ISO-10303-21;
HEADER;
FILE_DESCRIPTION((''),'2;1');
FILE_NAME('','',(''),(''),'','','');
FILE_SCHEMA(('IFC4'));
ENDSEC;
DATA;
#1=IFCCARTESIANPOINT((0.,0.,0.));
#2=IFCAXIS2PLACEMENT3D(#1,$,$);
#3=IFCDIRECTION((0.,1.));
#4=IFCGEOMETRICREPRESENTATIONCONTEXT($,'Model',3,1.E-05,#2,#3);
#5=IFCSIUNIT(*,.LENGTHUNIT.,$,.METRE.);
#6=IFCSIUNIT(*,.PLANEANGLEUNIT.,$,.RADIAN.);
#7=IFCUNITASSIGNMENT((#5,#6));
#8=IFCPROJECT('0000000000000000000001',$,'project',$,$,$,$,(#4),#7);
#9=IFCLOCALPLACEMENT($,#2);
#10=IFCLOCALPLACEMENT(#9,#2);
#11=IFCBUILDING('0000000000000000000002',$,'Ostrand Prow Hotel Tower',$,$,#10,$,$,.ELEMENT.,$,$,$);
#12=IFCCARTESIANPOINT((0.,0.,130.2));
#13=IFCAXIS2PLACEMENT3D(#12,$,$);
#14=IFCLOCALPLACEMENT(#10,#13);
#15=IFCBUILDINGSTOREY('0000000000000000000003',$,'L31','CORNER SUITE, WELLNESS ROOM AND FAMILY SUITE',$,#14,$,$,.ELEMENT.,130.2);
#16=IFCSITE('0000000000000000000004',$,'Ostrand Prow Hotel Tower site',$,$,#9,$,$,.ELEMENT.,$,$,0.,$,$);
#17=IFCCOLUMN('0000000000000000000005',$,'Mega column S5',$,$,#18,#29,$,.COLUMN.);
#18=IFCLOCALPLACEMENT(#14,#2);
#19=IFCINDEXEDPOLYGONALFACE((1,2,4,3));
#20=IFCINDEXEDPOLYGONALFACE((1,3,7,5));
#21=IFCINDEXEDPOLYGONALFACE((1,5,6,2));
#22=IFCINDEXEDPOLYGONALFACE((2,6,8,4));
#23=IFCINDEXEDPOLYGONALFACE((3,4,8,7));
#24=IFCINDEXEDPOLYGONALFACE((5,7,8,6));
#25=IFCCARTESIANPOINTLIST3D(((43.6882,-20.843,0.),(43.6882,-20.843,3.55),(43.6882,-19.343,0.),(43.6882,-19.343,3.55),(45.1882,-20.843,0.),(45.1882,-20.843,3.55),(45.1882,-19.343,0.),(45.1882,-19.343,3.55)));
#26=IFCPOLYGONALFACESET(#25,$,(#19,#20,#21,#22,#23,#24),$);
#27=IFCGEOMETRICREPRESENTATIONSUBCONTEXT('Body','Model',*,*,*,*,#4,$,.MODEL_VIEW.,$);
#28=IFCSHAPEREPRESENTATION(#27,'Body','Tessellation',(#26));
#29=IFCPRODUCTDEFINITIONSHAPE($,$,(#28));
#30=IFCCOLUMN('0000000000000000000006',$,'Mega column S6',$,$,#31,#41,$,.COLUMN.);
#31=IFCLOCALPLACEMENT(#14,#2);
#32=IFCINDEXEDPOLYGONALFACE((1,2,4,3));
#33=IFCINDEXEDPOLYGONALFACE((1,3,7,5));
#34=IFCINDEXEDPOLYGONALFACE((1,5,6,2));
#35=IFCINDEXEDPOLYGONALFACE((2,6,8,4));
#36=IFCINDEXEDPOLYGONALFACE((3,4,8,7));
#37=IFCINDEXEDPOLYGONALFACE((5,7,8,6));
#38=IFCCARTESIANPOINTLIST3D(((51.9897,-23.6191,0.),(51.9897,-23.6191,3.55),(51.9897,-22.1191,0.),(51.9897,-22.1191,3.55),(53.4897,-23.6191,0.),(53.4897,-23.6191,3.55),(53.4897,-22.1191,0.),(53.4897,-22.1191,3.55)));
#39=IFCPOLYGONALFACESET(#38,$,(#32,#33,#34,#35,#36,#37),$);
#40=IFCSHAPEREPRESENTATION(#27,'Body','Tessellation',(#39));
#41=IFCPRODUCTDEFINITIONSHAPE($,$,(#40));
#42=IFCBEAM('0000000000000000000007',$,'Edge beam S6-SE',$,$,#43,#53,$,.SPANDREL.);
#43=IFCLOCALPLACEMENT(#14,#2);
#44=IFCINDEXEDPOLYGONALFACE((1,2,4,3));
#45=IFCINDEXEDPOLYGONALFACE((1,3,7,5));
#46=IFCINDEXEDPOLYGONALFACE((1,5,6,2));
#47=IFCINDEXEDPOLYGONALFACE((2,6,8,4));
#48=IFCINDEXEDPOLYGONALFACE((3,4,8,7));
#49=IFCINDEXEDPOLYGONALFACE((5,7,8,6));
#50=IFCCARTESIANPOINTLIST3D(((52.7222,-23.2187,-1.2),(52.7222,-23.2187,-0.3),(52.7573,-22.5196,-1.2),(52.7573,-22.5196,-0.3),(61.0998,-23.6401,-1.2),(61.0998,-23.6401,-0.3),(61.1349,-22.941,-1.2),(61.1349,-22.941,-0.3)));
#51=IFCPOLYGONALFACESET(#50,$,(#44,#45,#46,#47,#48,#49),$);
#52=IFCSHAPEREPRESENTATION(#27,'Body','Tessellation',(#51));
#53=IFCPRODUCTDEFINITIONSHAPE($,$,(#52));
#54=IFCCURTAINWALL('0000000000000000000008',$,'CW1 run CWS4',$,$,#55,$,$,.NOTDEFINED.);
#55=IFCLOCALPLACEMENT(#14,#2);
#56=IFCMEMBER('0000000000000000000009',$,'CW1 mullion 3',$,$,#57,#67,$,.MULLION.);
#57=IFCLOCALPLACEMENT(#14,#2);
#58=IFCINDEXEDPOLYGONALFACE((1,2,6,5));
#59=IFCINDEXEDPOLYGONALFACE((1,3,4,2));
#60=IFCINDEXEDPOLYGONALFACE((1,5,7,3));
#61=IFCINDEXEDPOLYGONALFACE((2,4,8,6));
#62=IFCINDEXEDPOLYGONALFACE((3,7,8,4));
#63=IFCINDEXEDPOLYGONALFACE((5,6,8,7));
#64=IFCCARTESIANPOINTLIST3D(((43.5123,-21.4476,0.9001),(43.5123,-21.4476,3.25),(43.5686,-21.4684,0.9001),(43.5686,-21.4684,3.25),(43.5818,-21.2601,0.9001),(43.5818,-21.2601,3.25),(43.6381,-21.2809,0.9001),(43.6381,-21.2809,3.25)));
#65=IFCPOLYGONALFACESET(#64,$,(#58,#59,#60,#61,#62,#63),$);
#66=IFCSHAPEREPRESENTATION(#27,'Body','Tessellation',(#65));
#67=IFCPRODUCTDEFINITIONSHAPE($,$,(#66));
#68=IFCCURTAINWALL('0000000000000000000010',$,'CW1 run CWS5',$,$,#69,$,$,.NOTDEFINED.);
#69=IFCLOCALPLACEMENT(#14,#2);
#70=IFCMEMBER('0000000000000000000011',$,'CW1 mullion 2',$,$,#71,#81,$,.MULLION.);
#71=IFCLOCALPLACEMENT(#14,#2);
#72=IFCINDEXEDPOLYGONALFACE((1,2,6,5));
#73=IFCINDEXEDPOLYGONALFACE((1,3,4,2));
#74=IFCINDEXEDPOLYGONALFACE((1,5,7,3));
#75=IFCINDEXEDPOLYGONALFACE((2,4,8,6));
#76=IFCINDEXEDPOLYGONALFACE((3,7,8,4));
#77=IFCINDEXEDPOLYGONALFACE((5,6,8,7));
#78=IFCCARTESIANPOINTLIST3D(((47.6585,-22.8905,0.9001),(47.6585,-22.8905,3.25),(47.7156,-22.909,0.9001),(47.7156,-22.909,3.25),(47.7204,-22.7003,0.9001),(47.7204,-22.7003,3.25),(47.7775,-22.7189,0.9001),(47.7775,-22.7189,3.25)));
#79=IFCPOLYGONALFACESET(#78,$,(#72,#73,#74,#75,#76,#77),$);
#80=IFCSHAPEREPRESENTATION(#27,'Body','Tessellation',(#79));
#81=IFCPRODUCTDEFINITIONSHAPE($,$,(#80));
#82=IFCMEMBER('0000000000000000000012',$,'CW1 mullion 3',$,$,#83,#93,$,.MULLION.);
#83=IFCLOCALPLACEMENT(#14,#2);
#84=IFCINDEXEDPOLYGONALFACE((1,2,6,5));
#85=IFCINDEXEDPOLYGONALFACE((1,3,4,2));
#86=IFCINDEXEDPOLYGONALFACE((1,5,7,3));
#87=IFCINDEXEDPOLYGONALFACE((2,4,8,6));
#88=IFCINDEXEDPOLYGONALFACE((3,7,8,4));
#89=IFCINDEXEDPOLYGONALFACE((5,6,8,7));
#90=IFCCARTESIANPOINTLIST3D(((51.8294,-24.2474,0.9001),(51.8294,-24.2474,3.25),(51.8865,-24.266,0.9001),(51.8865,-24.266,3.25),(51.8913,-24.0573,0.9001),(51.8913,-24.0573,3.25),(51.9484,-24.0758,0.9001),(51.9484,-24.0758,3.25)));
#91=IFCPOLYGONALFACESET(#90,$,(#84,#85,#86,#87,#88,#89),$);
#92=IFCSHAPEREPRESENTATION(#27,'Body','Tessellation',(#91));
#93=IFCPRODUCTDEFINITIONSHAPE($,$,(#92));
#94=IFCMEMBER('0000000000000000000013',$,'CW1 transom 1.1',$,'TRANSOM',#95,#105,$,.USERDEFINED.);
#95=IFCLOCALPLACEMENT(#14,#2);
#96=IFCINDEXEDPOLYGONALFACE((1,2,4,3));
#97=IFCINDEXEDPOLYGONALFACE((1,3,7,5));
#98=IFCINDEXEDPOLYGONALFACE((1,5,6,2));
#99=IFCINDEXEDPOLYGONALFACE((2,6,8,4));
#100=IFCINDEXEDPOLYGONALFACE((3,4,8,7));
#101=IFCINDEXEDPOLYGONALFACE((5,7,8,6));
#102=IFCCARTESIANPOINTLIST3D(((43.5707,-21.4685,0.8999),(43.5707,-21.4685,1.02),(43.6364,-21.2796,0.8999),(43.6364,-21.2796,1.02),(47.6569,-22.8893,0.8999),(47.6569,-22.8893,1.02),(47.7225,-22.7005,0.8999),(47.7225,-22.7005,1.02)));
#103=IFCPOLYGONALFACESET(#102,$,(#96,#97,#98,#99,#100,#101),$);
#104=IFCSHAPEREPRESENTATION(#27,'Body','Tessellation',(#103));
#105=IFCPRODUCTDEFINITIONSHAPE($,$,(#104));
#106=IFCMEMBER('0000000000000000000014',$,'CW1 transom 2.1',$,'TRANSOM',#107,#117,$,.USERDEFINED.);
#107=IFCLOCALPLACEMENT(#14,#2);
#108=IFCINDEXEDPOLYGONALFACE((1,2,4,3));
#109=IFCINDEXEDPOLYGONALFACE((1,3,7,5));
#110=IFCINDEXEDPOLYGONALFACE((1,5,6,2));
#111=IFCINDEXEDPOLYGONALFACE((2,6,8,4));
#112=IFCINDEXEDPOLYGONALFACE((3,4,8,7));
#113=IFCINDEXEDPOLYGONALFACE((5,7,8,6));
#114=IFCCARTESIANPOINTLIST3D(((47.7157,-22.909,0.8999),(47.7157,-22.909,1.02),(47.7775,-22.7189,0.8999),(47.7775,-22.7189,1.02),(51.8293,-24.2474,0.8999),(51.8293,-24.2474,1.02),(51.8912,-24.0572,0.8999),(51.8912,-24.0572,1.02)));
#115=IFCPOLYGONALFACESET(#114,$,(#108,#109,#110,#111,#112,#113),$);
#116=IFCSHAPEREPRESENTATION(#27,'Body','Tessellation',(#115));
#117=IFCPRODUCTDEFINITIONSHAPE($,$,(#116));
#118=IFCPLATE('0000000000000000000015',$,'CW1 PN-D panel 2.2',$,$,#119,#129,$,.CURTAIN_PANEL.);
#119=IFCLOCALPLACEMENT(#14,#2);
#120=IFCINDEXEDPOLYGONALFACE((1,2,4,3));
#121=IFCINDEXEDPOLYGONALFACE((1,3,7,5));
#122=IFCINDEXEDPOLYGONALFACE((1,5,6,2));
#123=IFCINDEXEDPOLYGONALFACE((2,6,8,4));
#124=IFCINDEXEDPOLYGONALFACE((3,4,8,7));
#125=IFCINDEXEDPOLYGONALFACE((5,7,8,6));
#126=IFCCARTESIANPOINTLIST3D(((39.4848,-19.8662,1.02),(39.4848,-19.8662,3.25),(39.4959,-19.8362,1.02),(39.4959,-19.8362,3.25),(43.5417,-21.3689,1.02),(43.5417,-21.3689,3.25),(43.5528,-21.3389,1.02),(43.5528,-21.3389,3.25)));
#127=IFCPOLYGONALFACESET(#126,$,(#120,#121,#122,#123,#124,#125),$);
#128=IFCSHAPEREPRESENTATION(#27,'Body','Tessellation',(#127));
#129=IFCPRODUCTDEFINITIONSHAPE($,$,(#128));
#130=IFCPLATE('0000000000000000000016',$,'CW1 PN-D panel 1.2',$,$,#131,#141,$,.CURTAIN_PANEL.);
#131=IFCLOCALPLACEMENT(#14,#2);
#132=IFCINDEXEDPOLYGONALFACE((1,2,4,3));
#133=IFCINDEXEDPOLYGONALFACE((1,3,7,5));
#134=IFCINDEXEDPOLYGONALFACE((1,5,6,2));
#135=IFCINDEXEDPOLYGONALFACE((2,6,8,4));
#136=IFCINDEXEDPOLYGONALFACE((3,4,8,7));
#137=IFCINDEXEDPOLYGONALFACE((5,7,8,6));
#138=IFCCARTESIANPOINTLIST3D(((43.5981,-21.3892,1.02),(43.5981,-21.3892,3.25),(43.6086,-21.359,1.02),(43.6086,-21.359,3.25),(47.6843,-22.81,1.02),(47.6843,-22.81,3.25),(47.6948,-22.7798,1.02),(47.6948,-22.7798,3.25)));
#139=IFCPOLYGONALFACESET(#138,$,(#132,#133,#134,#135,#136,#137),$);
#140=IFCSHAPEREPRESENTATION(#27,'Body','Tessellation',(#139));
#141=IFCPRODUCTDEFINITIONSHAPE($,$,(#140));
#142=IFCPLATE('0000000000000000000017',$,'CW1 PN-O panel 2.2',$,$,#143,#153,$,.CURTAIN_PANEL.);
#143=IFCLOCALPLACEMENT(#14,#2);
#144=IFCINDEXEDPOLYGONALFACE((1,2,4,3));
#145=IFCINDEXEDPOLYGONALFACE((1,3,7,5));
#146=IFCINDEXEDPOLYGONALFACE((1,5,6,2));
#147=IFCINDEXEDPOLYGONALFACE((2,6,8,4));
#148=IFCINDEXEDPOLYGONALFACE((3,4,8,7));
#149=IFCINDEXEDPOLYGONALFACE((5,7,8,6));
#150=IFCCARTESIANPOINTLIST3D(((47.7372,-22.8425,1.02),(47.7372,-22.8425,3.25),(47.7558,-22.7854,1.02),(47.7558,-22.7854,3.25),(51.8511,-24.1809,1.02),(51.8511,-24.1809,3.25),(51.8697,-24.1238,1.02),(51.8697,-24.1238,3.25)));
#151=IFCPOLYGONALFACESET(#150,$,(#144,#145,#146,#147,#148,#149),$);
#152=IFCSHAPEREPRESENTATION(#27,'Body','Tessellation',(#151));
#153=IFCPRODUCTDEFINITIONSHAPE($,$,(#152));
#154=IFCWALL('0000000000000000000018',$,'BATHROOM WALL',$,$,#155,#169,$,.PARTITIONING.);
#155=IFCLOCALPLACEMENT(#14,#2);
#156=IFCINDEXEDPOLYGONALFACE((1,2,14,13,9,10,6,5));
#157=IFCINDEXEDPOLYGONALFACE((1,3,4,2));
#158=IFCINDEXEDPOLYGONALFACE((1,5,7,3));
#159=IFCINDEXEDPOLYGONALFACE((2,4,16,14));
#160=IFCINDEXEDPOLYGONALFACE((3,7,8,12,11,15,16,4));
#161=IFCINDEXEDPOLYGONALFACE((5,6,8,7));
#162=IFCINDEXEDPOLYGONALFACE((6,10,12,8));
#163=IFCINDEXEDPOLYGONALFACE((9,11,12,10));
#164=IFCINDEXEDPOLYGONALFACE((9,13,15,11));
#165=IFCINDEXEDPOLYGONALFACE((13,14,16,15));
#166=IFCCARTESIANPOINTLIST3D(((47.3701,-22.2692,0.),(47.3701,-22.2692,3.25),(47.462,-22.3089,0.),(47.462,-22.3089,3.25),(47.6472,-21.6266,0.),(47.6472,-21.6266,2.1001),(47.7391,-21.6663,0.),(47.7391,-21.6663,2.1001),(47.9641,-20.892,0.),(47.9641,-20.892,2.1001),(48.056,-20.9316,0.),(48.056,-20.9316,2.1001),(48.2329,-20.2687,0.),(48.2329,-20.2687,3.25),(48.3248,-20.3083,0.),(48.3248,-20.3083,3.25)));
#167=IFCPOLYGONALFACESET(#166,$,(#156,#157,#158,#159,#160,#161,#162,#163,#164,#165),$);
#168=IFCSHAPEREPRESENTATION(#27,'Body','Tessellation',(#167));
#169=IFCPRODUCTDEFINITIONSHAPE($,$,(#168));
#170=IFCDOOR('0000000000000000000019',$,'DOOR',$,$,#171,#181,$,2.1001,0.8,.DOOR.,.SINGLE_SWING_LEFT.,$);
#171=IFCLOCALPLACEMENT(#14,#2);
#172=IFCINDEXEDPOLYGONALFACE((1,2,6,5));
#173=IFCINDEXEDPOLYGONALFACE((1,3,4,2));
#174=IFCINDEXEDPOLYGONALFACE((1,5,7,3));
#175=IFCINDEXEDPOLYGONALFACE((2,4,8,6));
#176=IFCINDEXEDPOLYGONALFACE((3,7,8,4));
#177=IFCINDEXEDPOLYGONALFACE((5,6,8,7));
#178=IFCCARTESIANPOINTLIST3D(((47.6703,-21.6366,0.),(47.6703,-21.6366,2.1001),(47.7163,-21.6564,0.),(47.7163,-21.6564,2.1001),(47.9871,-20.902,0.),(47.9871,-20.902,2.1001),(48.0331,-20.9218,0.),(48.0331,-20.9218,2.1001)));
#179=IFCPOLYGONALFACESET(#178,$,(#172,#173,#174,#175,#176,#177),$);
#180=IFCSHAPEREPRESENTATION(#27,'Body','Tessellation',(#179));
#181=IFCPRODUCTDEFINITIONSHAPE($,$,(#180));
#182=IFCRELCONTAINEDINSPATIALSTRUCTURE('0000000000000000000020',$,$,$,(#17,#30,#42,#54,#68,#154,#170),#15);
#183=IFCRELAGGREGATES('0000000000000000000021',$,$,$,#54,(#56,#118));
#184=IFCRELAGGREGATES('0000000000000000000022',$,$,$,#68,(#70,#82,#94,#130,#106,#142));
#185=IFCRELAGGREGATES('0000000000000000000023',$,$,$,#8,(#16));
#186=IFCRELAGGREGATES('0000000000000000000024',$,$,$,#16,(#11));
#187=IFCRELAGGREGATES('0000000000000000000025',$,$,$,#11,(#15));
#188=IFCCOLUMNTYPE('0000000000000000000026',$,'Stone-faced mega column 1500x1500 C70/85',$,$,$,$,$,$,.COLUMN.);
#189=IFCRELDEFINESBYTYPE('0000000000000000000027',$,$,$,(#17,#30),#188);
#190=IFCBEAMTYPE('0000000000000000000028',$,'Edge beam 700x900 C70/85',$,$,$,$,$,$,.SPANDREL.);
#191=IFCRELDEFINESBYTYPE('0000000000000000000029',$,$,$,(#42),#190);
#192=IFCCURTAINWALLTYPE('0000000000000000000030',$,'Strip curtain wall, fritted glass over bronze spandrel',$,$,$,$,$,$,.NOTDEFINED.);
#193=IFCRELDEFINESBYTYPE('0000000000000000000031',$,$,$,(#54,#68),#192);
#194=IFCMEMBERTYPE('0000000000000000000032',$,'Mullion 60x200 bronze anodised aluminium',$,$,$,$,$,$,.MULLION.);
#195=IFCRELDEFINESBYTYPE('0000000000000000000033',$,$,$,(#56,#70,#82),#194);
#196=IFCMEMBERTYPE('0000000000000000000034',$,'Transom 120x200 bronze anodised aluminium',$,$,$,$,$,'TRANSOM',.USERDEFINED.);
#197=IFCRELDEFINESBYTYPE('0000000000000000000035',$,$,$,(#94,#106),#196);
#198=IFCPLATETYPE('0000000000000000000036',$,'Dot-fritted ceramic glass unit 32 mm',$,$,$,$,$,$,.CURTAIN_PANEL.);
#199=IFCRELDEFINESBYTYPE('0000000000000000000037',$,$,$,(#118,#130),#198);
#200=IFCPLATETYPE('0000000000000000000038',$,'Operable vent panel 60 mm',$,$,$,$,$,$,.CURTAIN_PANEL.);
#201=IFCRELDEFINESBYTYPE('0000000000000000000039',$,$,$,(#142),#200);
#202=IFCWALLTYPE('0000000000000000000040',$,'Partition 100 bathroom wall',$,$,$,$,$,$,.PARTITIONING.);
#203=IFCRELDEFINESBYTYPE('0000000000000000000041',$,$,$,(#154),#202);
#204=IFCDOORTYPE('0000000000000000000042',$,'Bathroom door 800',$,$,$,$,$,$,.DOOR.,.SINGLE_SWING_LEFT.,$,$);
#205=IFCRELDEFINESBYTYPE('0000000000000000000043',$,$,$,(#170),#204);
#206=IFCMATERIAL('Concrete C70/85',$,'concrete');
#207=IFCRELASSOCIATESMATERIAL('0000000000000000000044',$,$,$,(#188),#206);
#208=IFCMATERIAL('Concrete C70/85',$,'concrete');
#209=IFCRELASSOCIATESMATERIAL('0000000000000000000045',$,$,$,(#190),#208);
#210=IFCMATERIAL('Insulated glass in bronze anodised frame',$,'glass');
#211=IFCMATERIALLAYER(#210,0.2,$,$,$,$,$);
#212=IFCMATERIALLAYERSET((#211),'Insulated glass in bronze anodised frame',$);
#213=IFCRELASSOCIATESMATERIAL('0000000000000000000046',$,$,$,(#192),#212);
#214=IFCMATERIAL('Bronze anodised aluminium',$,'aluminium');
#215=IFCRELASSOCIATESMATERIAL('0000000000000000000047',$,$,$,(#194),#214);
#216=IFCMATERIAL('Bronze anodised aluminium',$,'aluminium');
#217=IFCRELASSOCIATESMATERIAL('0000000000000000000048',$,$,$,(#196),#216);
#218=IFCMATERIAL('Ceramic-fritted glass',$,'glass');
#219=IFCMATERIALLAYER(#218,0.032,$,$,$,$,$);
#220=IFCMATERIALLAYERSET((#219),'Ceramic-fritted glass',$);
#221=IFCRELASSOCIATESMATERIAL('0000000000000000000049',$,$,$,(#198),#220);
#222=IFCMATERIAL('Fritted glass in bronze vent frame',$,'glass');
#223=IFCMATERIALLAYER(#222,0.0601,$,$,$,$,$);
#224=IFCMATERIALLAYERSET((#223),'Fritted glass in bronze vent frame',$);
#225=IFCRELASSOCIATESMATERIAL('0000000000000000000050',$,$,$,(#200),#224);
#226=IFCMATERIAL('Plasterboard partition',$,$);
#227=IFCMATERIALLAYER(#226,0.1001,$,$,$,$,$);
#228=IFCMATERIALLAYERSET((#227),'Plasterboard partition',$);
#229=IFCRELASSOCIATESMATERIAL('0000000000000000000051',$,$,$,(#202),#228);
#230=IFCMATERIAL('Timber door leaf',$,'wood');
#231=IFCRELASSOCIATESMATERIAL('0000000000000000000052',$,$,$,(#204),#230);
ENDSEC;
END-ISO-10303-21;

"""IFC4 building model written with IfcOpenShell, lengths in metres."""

from ifc_helpers import new_model, si_unit, direction, frame, frame_2d, origin, origin_2d, place, context, subcontext, project, spatial, rectangle, extrude, material, layer, layer_set, material_profile, profile_set, type_object, element, fill, aggregate, save


model = new_model("IFC4")

# Units and contexts
model_context = context("Model", 3, precision=1e-05, world=origin(), true_north=direction((0.0, 1.0)))
body_context = subcontext(model_context, "Body", "Model", "MODEL_VIEW")
ifc_project = project(units=[si_unit("LENGTHUNIT", "METRE"), si_unit("PLANEANGLEUNIT", "RADIAN")], contexts=[model_context])

# Site, building, storey
site_placement = place(None, origin())
site = spatial("IfcSite", under=ifc_project, at=site_placement, Name="Ostrand Prow Hotel Tower site", CompositionType="ELEMENT", RefElevation=0.0)
building_placement = place(site_placement, origin())
building = spatial("IfcBuilding", under=site, at=building_placement, Name="Ostrand Prow Hotel Tower", CompositionType="ELEMENT")
storey_placement = place(building_placement, frame((0.0, 0.0, 130.2)))
storey = spatial("IfcBuildingStorey", under=building, at=storey_placement, Name="L31", Description="CORNER SUITE, WELLNESS ROOM AND FAMILY SUITE", CompositionType="ELEMENT", Elevation=130.2)

# Columns
ifc_material_1 = material(Name="Concrete C70/85", Category="concrete")
ifc_material_profile_1 = material_profile(ifc_material_1, rectangle(XDim=1.5, YDim=1.5, at=origin_2d()), Name="RC 1500x1500")
ifc_profile_set_1 = profile_set([ifc_material_profile_1], Name="Concrete C70/85")
column_type = type_object("IfcColumnType", Name="Stone-faced mega column 1500x1500 C70/85", PredefinedType="COLUMN", material=ifc_profile_set_1)
for number, where, z_axis, x_axis, name in (
    (1, (44.4382, -20.093, 0.0), (0.0, 0.0, 1.0), (1.0, 0.0, 0.0), "Mega column S5"),
    (2, (52.7397, -22.8691, 0.0), (0.0, 0.0, 1.0), (1.0, 0.0, 0.0), "Mega column S6"),
):
    element("IfcColumn", number, at=place(storey_placement, frame(where, z_axis=z_axis, x_axis=x_axis)), inside=storey, type_object=column_type, Name=name, PredefinedType="COLUMN", context=body_context, shape_type="SweptSolid", body=[
        extrude(rectangle(XDim=1.5, YDim=1.5, at=origin_2d()), origin(), (0.0, 0.0, 1.0), 3.55),
    ])

# Beam
ifc_material_2 = material(Name="Concrete C70/85", Category="concrete")
ifc_material_profile_2 = material_profile(ifc_material_2, rectangle(XDim=0.7, YDim=0.8999, at=origin_2d()), Name="RC 700x900")
ifc_profile_set_2 = profile_set([ifc_material_profile_2], Name="Concrete C70/85")
beam_type = type_object("IfcBeamType", Name="Edge beam 700x900 C70/85", PredefinedType="SPANDREL", material=ifc_profile_set_2)
beam_placement = place(storey_placement, frame((52.7397, -22.8691, -0.75), z_axis=(0.998737, -0.050235, 0.0), x_axis=(0.050235, 0.998737, 0.0)))
element("IfcBeam", 3, at=beam_placement, inside=storey, type_object=beam_type, Name="Edge beam S6-SE", PredefinedType="SPANDREL", context=body_context, shape_type="SweptSolid", body=[
    extrude(rectangle(XDim=0.7, YDim=0.8999, at=origin_2d()), origin(), (0.0, 0.0, 1.0), 8.3882),
])

# Curtain wall, member
ifc_material_3 = material(Name="Insulated glass in bronze anodised frame", Category="glass")
ifc_layer_1 = layer(ifc_material_3, 0.2)
ifc_layer_set_1 = layer_set([ifc_layer_1], Name="Insulated glass in bronze anodised frame")
curtain_wall_type = type_object("IfcCurtainWallType", Name="Strip curtain wall, fritted glass over bronze spandrel", PredefinedType="NOTDEFINED", material=ifc_layer_set_1)
curtain_wall_1_placement = place(storey_placement, origin())
curtain_wall_1 = element("IfcCurtainWall", 4, at=curtain_wall_1_placement, inside=storey, type_object=curtain_wall_type, Name="CW1 run CWS4", PredefinedType="NOTDEFINED")
ifc_material_4 = material(Name="Bronze anodised aluminium", Category="aluminium")
ifc_material_profile_3 = material_profile(ifc_material_4, rectangle(XDim=0.2, YDim=0.0601, at=origin_2d()), Name="Mullion 60x200 bronze anodised aluminium")
ifc_profile_set_3 = profile_set([ifc_material_profile_3], Name="Bronze anodised aluminium")
member_type_1 = type_object("IfcMemberType", Name="Mullion 60x200 bronze anodised aluminium", PredefinedType="MULLION", material=ifc_profile_set_3)
member_1_placement = place(storey_placement, frame((43.5752, -21.3643, 0.9001), z_axis=(0.0, 0.0, 1.0), x_axis=(0.347342, 0.937739, 0.0)))
member_1 = element("IfcMember", 5, at=member_1_placement, type_object=member_type_1, Name="CW1 mullion 3", PredefinedType="MULLION", context=body_context, shape_type="SweptSolid", body=[
    extrude(rectangle(XDim=0.2, YDim=0.0601, at=origin_2d()), origin(), (0.0, 0.0, 1.0), 2.3499),
])

# Curtain wall, members
curtain_wall_2_placement = place(storey_placement, origin())
curtain_wall_2 = element("IfcCurtainWall", 6, at=curtain_wall_2_placement, inside=storey, type_object=curtain_wall_type, Name="CW1 run CWS5", PredefinedType="NOTDEFINED")
member_2_placement = place(storey_placement, frame((47.718, -22.8047, 0.9001), z_axis=(0.0, 0.0, 1.0), x_axis=(0.30938, 0.950938, 0.0)))
member_2 = element("IfcMember", 7, at=member_2_placement, type_object=member_type_1, Name="CW1 mullion 2", PredefinedType="MULLION", context=body_context, shape_type="SweptSolid", body=[
    extrude(rectangle(XDim=0.2, YDim=0.0601, at=origin_2d()), origin(), (0.0, 0.0, 1.0), 2.3499),
])
member_3_placement = place(storey_placement, frame((51.8889, -24.1616, 0.9001), z_axis=(0.0, 0.0, 1.0), x_axis=(0.30938, 0.950938, 0.0)))
member_3 = element("IfcMember", 8, at=member_3_placement, type_object=member_type_1, Name="CW1 mullion 3", PredefinedType="MULLION", context=body_context, shape_type="SweptSolid", body=[
    extrude(rectangle(XDim=0.2, YDim=0.0601, at=origin_2d()), origin(), (0.0, 0.0, 1.0), 2.3499),
])
ifc_material_5 = material(Name="Bronze anodised aluminium", Category="aluminium")
ifc_material_profile_4 = material_profile(ifc_material_5, rectangle(XDim=0.2, YDim=0.1201, at=origin_2d()), Name="Transom 120x200 bronze anodised aluminium")
ifc_profile_set_4 = profile_set([ifc_material_profile_4], Name="Bronze anodised aluminium")
member_type_2 = type_object("IfcMemberType", Name="Transom 120x200 bronze anodised aluminium", ElementType="TRANSOM", PredefinedType="USERDEFINED", material=ifc_profile_set_4)
member_4_placement = place(storey_placement, frame((43.6035, -21.374, 0.96), z_axis=(0.944524, -0.328442, 0.0), x_axis=(0.328442, 0.944524, 0.0)))
member_4 = element("IfcMember", 9, at=member_4_placement, type_object=member_type_2, Name="CW1 transom 1.1", ObjectType="TRANSOM", PredefinedType="USERDEFINED", context=body_context, shape_type="SweptSolid", body=[
    extrude(rectangle(XDim=0.2, YDim=0.1201, at=origin_2d()), origin(), (0.0, 0.0, 1.0), 4.3262),
])
member_5_placement = place(storey_placement, frame((47.7466, -22.814, 0.96), z_axis=(0.950939, -0.30938, 0.0), x_axis=(0.30938, 0.950939, 0.0)))
member_5 = element("IfcMember", 10, at=member_5_placement, type_object=member_type_2, Name="CW1 transom 2.1", ObjectType="TRANSOM", PredefinedType="USERDEFINED", context=body_context, shape_type="SweptSolid", body=[
    extrude(rectangle(XDim=0.2, YDim=0.1201, at=origin_2d()), origin(), (0.0, 0.0, 1.0), 4.3259),
])

# Plates
ifc_material_6 = material(Name="Ceramic-fritted glass", Category="glass")
ifc_layer_2 = layer(ifc_material_6, 0.032)
ifc_layer_set_2 = layer_set([ifc_layer_2], Name="Ceramic-fritted glass")
plate_type_1 = type_object("IfcPlateType", Name="Dot-fritted ceramic glass unit 32 mm", PredefinedType="CURTAIN_PANEL", material=ifc_layer_set_2)
plate_1_placement = place(storey_placement, frame((41.5188, -20.6025, 1.02), z_axis=(0.0, 0.0, 1.0), x_axis=(0.937739, -0.347342, 0.0)))
plate_1 = element("IfcPlate", 11, at=plate_1_placement, type_object=plate_type_1, Name="CW1 PN-D panel 2.2", PredefinedType="CURTAIN_PANEL", context=body_context, shape_type="SweptSolid", body=[
    extrude(rectangle(XDim=4.3262, YDim=0.032, at=origin_2d()), origin(), (0.0, 0.0, 1.0), 2.23),
])
aggregate(curtain_wall_1, [member_1, plate_1])
plate_2_placement = place(storey_placement, frame((45.6465, -22.0845, 1.02), z_axis=(0.0, 0.0, 1.0), x_axis=(0.944529, -0.328428, 0.0)))
plate_2 = element("IfcPlate", 12, at=plate_2_placement, type_object=plate_type_1, Name="CW1 PN-D panel 1.2", PredefinedType="CURTAIN_PANEL", context=body_context, shape_type="SweptSolid", body=[
    extrude(rectangle(XDim=4.3262, YDim=0.032, at=origin_2d()), origin(), (0.0, 0.0, 1.0), 2.23),
])
ifc_material_7 = material(Name="Fritted glass in bronze vent frame", Category="glass")
ifc_layer_3 = layer(ifc_material_7, 0.0601)
ifc_layer_set_3 = layer_set([ifc_layer_3], Name="Fritted glass in bronze vent frame")
plate_type_2 = type_object("IfcPlateType", Name="Operable vent panel 60 mm", PredefinedType="CURTAIN_PANEL", material=ifc_layer_set_3)
plate_3_placement = place(storey_placement, frame((49.8035, -23.4832, 1.02), z_axis=(0.0, 0.0, 1.0), x_axis=(0.950938, -0.30938, 0.0)))
plate_3 = element("IfcPlate", 13, at=plate_3_placement, type_object=plate_type_2, Name="CW1 PN-O panel 2.2", PredefinedType="CURTAIN_PANEL", context=body_context, shape_type="SweptSolid", body=[
    extrude(rectangle(XDim=4.3262, YDim=0.0601, at=origin_2d()), origin(), (0.0, 0.0, 1.0), 2.23),
])
aggregate(curtain_wall_2, [member_2, member_3, member_4, plate_2, member_5, plate_3])

# Wall, opening, door
ifc_material_8 = material(Name="Plasterboard partition")
ifc_layer_4 = layer(ifc_material_8, 0.1001)
ifc_layer_set_4 = layer_set([ifc_layer_4], Name="Plasterboard partition")
wall_type_1 = type_object("IfcWallType", Name="Partition 100 bathroom wall", PredefinedType="PARTITIONING", material=ifc_layer_set_4)
wall_1_placement = place(storey_placement, frame((47.416, -22.2891, 0.0), z_axis=(0.0, 0.0, 1.0), x_axis=(0.396028, 0.918238, 0.0)))
wall_1 = element("IfcWall", 14, at=wall_1_placement, inside=storey, type_object=wall_type_1, Name="BATHROOM WALL", PredefinedType="PARTITIONING", context=body_context, shape_type="SweptSolid", body=[
    extrude(rectangle(XDim=2.1787, YDim=0.1001, at=frame_2d((1.0894, 0.0))), origin(), (0.0, 0.0, 1.0), 3.25),
])
opening_1_placement = place(wall_1_placement, frame((0.7, 0.0, 0.0)))
opening_1 = element("IfcOpeningElement", 15, at=opening_1_placement, cuts=wall_1, PredefinedType="OPENING", context=body_context, shape_type="SweptSolid", body=[
    extrude(rectangle(XDim=0.8, YDim=2.1001, at=frame_2d((0.3999, 1.05))), frame((0.0, 0.0601, 0.0), z_axis=(0.0, -1.0, 0.0), x_axis=(1.0, 0.0, 0.0)), (0.0, 0.0, 1.0), 0.1201),
])
ifc_material_9 = material(Name="Timber door leaf", Category="wood")
door_type_1 = type_object("IfcDoorType", Name="Bathroom door 800", OperationType="SINGLE_SWING_LEFT", PredefinedType="DOOR", material=ifc_material_9)
door_1_placement = place(opening_1_placement, origin())
door_1 = element("IfcDoor", 16, at=door_1_placement, inside=storey, type_object=door_type_1, Name="DOOR", OperationType="SINGLE_SWING_LEFT", OverallHeight=2.1001, OverallWidth=0.8, PredefinedType="DOOR", context=body_context, shape_type="SweptSolid", body=[
    extrude(rectangle(XDim=0.8, YDim=2.1001, at=frame_2d((0.3999, 1.05))), frame((0.0, 0.0249, 0.0), z_axis=(0.0, -1.0, 0.0), x_axis=(1.0, 0.0, 0.0)), (0.0, 0.0, 1.0), 0.05),
])
fill(opening_1, door_1)

save(model, "model.ifc")
